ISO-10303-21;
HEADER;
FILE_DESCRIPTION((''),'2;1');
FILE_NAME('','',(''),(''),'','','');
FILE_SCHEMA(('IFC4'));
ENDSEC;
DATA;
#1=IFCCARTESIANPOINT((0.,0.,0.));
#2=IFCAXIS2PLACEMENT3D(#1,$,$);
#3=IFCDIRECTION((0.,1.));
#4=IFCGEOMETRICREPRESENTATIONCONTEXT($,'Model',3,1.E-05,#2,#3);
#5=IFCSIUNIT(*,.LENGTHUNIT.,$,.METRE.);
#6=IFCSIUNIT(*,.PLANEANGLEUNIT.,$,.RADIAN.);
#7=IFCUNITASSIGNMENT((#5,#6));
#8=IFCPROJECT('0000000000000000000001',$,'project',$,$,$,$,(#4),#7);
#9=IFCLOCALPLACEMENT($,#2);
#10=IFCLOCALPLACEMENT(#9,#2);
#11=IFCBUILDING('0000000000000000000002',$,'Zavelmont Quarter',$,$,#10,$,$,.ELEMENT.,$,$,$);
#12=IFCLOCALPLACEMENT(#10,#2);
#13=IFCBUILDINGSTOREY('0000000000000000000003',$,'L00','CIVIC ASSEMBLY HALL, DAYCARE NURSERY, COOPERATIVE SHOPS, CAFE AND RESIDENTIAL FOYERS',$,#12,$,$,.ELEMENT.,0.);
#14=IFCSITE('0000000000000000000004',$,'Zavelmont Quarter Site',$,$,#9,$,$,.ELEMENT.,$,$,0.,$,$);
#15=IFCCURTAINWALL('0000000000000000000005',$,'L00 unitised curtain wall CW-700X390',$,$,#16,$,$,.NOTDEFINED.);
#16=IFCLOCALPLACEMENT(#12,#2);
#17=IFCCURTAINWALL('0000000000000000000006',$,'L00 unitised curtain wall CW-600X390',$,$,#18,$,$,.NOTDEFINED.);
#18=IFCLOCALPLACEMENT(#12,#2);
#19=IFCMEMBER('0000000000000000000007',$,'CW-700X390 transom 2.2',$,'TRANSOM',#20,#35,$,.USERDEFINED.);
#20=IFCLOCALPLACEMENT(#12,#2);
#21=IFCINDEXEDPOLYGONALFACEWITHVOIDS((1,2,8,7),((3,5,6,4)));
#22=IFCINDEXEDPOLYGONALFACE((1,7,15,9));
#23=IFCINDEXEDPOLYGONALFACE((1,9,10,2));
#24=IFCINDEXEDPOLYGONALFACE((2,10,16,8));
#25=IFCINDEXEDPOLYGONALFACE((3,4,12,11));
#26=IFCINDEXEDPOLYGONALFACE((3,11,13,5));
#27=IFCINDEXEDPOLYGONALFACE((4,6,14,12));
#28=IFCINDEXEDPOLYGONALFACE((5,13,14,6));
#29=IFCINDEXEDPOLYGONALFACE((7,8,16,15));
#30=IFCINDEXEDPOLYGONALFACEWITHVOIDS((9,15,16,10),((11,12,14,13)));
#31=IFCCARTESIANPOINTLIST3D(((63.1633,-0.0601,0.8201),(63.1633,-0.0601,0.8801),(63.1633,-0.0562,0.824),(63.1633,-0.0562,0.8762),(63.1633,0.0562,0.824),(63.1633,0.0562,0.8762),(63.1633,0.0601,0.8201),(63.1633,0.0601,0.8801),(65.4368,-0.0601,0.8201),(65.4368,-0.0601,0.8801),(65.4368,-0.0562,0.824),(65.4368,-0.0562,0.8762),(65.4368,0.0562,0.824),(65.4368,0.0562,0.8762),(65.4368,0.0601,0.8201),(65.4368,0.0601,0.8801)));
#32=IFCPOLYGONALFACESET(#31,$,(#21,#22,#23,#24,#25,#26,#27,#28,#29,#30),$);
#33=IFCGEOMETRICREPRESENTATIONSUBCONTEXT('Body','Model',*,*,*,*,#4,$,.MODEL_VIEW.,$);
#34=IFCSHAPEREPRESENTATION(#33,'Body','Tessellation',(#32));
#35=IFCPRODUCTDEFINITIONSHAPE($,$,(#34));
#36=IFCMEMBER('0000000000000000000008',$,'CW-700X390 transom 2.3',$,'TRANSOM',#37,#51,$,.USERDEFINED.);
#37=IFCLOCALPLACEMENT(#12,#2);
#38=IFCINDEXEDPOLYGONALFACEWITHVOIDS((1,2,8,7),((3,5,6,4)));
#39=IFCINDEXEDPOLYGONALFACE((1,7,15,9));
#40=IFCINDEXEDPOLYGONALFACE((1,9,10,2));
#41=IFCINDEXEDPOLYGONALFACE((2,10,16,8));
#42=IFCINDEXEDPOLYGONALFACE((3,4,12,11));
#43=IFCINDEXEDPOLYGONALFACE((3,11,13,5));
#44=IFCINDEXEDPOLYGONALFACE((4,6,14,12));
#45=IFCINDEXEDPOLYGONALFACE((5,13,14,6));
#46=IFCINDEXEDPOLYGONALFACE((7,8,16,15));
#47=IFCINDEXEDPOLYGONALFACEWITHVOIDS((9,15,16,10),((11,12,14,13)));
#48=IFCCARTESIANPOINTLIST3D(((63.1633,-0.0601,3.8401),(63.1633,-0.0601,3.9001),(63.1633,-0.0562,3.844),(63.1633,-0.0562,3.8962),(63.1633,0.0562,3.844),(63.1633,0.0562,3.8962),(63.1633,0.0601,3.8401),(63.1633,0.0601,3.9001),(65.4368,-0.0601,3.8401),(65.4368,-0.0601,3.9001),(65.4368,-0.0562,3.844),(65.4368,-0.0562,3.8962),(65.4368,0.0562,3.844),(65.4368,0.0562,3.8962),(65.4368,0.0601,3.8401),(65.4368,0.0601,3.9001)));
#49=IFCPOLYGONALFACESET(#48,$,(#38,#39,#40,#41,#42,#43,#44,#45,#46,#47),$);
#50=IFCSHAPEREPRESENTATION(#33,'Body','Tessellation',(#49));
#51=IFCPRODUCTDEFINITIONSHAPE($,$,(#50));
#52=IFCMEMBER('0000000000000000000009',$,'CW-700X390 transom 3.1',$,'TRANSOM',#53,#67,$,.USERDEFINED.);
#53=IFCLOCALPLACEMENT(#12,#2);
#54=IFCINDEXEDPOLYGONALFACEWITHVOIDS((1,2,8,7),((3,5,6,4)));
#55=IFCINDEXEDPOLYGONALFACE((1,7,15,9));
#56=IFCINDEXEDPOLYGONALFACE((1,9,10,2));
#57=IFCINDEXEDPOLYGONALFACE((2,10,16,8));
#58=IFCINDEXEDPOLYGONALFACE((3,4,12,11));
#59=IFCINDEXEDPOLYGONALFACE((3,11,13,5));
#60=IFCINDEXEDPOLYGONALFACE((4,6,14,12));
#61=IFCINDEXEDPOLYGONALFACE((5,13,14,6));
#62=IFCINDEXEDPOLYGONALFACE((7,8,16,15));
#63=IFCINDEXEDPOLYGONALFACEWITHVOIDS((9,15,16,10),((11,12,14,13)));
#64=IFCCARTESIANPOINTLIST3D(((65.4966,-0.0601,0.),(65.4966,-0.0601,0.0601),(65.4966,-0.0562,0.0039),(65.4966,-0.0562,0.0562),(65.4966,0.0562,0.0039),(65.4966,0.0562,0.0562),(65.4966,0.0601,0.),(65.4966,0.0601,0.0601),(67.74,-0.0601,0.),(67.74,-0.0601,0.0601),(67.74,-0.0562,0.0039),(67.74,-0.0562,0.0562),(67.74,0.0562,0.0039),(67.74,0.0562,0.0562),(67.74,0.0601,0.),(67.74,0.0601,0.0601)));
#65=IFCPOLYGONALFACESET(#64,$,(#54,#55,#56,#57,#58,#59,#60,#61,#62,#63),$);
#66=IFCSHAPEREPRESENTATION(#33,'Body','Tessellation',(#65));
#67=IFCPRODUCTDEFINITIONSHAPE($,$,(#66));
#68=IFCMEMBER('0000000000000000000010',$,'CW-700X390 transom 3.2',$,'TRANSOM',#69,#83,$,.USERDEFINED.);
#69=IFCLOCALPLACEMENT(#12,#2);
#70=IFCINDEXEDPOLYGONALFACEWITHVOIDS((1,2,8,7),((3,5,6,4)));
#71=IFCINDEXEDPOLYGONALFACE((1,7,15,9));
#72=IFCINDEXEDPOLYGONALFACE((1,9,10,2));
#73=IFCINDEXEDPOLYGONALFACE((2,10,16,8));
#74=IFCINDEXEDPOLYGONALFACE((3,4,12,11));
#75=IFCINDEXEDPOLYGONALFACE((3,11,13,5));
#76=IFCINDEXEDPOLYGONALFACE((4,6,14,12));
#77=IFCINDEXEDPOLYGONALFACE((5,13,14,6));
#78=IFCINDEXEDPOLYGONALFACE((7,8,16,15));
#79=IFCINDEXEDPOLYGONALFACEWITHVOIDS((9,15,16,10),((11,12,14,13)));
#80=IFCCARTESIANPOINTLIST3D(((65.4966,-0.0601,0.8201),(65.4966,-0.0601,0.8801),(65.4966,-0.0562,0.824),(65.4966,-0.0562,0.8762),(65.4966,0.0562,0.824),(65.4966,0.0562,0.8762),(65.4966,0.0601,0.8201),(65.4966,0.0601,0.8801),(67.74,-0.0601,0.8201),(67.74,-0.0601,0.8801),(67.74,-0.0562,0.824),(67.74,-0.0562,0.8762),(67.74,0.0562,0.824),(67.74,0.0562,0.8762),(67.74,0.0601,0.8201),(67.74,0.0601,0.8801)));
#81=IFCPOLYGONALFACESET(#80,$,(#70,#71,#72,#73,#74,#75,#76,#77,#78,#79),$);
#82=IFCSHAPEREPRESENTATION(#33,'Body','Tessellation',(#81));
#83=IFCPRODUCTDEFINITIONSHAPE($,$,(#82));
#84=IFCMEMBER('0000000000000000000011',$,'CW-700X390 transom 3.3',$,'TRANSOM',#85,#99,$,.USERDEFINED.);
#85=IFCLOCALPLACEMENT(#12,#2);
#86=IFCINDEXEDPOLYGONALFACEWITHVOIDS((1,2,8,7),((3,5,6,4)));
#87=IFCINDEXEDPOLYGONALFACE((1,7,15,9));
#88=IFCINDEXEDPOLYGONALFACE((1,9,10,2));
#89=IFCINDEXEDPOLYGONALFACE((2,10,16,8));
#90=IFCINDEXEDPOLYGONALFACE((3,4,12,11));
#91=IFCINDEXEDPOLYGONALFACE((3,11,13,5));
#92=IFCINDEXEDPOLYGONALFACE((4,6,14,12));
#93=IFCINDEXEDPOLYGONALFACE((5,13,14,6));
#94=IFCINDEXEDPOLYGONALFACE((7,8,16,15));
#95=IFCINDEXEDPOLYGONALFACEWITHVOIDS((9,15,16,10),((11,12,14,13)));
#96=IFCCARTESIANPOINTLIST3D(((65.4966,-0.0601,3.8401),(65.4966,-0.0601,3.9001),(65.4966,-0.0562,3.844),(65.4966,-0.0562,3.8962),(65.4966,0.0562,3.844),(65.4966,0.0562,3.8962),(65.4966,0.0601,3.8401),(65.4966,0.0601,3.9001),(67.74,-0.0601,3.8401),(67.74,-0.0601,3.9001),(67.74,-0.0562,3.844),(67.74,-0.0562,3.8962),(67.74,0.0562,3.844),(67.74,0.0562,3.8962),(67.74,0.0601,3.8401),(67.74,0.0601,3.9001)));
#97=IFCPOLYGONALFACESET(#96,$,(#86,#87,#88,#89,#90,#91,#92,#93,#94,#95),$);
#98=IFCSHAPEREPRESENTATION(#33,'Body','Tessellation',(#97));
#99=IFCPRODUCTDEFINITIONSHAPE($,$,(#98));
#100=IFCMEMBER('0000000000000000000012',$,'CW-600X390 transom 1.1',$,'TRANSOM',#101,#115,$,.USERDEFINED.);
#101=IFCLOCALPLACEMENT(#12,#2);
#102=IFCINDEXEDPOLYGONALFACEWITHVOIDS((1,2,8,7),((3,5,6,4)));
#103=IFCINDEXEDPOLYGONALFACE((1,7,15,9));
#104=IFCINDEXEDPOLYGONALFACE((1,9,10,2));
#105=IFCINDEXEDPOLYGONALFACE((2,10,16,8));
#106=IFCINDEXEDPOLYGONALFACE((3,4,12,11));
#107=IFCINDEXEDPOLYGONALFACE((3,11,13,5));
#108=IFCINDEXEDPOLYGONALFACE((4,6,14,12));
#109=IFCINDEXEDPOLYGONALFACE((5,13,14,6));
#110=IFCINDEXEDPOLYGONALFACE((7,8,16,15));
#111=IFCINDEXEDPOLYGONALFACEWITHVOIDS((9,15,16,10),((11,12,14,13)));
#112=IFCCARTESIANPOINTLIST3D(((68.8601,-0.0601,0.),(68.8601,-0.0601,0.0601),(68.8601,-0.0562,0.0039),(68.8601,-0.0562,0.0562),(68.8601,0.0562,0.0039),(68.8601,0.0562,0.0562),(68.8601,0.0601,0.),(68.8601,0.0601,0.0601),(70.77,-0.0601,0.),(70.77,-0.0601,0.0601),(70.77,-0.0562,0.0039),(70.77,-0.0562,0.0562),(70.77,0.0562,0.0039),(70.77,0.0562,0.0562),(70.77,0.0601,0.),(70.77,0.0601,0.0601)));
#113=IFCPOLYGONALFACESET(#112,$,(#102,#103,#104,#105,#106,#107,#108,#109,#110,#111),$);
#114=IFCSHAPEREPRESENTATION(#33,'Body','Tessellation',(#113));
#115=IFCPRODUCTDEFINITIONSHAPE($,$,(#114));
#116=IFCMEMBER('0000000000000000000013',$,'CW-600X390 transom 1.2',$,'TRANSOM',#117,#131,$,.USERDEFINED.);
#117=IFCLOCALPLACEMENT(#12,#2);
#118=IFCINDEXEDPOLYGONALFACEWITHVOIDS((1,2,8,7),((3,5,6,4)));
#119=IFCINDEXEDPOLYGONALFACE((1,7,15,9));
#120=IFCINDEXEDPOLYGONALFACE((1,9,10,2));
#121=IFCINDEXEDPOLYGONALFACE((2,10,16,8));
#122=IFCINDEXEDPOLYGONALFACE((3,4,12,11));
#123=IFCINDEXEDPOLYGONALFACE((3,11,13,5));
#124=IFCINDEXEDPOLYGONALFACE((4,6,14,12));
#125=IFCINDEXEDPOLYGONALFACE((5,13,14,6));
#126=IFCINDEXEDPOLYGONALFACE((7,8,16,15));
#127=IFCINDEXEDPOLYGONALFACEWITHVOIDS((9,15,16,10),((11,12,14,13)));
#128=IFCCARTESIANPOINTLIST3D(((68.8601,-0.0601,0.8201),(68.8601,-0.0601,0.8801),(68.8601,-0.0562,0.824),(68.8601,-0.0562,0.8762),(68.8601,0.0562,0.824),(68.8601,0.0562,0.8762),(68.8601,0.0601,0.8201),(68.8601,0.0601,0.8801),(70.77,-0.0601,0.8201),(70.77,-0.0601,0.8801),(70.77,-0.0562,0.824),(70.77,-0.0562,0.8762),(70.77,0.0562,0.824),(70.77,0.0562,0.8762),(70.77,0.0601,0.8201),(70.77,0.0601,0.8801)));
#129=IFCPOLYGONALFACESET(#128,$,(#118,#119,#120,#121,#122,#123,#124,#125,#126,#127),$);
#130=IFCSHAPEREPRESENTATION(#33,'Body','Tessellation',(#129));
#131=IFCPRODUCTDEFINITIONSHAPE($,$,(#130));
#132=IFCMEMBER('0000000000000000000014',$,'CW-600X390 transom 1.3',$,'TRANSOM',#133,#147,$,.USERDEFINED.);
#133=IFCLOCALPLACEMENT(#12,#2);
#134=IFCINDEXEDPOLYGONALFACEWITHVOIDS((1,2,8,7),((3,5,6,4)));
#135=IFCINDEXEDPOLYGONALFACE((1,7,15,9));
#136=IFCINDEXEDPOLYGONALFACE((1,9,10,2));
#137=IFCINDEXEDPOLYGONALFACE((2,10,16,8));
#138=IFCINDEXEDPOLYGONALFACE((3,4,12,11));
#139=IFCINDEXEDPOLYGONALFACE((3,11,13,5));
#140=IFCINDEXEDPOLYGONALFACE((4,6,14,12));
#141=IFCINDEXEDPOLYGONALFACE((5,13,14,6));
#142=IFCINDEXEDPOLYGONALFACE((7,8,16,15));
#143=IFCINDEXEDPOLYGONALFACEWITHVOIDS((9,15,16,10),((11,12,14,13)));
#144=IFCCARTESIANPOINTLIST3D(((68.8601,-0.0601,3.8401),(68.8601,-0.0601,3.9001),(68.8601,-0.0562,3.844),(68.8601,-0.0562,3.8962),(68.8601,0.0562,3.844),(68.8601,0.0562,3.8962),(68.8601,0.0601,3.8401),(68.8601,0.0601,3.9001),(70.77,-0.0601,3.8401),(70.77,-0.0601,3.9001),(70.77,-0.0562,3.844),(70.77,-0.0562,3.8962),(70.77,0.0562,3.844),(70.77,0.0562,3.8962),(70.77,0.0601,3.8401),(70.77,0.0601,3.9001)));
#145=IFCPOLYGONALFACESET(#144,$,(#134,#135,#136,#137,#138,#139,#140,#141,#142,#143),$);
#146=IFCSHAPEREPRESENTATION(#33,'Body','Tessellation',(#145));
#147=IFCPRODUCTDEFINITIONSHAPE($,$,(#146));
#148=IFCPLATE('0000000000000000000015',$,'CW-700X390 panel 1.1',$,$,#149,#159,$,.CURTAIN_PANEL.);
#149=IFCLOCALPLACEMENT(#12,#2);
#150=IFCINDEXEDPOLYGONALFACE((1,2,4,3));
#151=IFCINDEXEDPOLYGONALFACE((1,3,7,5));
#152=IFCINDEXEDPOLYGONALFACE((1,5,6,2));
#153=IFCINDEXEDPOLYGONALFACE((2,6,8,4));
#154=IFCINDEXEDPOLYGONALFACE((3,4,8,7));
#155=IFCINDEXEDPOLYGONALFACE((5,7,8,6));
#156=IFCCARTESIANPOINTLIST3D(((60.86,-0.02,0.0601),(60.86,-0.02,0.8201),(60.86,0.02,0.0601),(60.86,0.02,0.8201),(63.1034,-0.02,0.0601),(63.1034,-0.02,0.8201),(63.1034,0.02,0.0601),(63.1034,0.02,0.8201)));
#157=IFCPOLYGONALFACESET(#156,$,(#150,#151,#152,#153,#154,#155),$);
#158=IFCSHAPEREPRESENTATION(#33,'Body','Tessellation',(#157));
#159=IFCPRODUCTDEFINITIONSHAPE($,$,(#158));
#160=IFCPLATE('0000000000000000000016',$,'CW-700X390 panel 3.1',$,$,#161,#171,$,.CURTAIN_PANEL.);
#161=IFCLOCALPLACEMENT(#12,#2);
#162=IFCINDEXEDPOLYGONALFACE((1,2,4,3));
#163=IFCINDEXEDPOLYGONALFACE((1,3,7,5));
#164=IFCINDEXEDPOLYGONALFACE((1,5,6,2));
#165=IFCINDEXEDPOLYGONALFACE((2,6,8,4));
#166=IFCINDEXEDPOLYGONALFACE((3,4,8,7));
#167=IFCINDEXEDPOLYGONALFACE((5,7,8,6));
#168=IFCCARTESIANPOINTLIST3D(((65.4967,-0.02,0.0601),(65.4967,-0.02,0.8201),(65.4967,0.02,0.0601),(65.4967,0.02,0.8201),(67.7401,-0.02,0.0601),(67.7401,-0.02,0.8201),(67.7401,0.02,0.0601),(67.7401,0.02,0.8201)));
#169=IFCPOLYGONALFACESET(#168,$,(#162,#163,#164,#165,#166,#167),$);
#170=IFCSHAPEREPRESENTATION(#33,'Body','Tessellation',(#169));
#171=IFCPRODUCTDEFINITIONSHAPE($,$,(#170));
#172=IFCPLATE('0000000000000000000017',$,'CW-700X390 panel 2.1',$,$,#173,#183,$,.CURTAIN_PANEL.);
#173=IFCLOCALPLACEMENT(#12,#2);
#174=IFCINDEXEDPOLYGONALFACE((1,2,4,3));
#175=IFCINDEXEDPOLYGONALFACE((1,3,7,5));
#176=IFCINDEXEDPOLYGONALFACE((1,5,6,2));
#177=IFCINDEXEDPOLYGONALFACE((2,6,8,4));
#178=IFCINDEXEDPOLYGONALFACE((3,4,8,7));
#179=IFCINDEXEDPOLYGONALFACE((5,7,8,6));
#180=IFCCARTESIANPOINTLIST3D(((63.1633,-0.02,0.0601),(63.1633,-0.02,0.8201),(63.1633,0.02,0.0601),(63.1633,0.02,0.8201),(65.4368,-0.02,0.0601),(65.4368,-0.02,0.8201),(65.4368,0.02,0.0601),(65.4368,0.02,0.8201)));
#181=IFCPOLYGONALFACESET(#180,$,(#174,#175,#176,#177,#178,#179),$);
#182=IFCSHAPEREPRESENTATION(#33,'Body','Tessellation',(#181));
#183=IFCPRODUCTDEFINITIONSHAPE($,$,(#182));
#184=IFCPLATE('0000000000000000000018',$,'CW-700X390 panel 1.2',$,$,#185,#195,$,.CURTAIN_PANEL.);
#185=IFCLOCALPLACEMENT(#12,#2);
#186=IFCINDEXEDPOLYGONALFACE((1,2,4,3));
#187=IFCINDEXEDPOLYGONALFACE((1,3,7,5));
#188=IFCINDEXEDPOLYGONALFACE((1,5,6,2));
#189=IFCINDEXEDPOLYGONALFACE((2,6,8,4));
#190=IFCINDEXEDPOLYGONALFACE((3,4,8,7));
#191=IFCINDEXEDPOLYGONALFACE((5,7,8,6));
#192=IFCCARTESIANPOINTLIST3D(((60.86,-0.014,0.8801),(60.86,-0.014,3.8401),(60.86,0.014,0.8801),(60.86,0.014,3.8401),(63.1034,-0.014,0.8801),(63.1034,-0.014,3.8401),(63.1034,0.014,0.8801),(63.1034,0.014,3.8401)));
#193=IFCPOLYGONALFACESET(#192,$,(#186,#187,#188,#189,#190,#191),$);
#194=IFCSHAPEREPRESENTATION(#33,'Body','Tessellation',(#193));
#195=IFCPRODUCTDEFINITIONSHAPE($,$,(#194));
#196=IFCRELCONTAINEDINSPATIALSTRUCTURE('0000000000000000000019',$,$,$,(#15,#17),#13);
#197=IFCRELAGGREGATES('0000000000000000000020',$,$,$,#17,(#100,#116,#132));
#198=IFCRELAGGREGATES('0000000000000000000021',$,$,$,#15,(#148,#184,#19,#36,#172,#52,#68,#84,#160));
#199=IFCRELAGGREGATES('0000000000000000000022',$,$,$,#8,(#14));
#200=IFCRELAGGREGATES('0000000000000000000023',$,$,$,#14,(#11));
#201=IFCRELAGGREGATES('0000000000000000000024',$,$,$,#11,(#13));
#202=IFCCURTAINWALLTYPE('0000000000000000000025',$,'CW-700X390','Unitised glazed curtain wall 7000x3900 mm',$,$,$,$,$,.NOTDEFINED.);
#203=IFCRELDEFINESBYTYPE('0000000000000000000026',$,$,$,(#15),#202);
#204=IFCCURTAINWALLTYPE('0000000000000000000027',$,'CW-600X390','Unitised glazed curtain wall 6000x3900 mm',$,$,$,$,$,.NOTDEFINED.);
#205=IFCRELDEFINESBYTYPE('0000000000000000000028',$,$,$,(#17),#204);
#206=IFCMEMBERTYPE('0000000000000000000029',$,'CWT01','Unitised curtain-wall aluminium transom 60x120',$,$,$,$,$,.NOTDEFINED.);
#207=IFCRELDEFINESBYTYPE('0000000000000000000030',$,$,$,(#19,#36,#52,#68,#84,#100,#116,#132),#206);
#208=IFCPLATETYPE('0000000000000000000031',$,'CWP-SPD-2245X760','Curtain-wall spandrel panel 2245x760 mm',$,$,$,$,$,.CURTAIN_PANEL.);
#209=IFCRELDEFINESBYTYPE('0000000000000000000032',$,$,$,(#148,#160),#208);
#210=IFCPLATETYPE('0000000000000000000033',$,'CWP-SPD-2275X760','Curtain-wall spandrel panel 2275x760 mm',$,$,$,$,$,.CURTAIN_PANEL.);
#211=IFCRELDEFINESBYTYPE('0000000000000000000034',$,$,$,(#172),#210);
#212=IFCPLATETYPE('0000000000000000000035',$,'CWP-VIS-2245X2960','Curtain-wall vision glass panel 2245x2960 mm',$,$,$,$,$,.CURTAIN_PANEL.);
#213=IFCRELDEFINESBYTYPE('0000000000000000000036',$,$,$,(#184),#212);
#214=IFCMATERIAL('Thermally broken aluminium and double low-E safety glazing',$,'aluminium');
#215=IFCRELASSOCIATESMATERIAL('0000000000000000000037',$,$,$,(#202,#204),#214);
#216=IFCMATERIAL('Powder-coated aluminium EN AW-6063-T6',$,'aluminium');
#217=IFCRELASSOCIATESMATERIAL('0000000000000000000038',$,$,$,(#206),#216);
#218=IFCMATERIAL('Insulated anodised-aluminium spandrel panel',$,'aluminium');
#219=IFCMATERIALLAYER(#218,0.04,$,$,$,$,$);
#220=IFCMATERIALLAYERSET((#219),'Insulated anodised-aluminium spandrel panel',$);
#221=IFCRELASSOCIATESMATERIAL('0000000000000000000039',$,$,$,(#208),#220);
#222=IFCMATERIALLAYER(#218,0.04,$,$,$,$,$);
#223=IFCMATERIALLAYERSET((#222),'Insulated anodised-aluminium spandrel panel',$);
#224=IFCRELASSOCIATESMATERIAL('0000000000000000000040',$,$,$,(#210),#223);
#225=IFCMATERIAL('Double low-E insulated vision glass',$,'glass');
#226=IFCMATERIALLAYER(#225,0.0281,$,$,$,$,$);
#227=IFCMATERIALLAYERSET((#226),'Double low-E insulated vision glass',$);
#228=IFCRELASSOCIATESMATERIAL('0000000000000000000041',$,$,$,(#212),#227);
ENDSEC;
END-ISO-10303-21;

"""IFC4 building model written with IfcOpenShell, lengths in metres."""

from ifc_helpers import new_model, si_unit, direction, frame, origin, origin_2d, place, context, subcontext, project, spatial, rectangle, hollow_rectangle, extrude, material, layer, layer_set, material_profile, profile_set, type_object, element, aggregate, save


model = new_model("IFC4")

# Units and contexts
model_context = context("Model", 3, precision=1e-05, world=origin(), true_north=direction((0.0, 1.0)))
body_context = subcontext(model_context, "Body", "Model", "MODEL_VIEW")
ifc_project = project(units=[si_unit("LENGTHUNIT", "METRE"), si_unit("PLANEANGLEUNIT", "RADIAN")], contexts=[model_context])

# Site, building, storey
site_placement = place(None, origin())
site = spatial("IfcSite", under=ifc_project, at=site_placement, Name="Zavelmont Quarter Site", CompositionType="ELEMENT", RefElevation=0.0)
building_placement = place(site_placement, origin())
building = spatial("IfcBuilding", under=site, at=building_placement, Name="Zavelmont Quarter", CompositionType="ELEMENT")
storey_placement = place(building_placement, origin())
storey = spatial("IfcBuildingStorey", under=building, at=storey_placement, Name="L00", Description="CIVIC ASSEMBLY HALL, DAYCARE NURSERY, COOPERATIVE SHOPS, CAFE AND RESIDENTIAL FOYERS", CompositionType="ELEMENT", Elevation=0.0)

# Curtain wall
ifc_material_1 = material(Name="Thermally broken aluminium and double low-E safety glazing", Category="aluminium")
curtain_wall_type_1 = type_object("IfcCurtainWallType", Name="CW-700X390", Description="Unitised glazed curtain wall 7000x3900 mm", PredefinedType="NOTDEFINED", material=ifc_material_1)
curtain_wall_1_placement = place(storey_placement, origin())
curtain_wall_1 = element("IfcCurtainWall", 1, at=curtain_wall_1_placement, inside=storey, type_object=curtain_wall_type_1, Name="L00 unitised curtain wall CW-700X390", PredefinedType="NOTDEFINED")
ifc_material_2 = material(Name="Powder-coated aluminium EN AW-6063-T6", Category="aluminium")

# Curtain wall
curtain_wall_type_2 = type_object("IfcCurtainWallType", Name="CW-600X390", Description="Unitised glazed curtain wall 6000x3900 mm", PredefinedType="NOTDEFINED", material=ifc_material_1)
curtain_wall_2_placement = place(storey_placement, origin())
curtain_wall_2 = element("IfcCurtainWall", 2, at=curtain_wall_2_placement, inside=storey, type_object=curtain_wall_type_2, Name="L00 unitised curtain wall CW-600X390", PredefinedType="NOTDEFINED")

# Members
ifc_material_profile_1 = material_profile(ifc_material_2, hollow_rectangle(XDim=0.1201, YDim=0.0601, WallThickness=0.0039, at=origin_2d()), Name="CWT60X120")
ifc_profile_set_1 = profile_set([ifc_material_profile_1], Name="Powder-coated aluminium EN AW-6063-T6")
member_type_1 = type_object("IfcMemberType", Name="CWT01", Description="Unitised curtain-wall aluminium transom 60x120", PredefinedType="NOTDEFINED", material=ifc_profile_set_1)
member_1_placement = place(storey_placement, frame((63.1633, 0.0, 0.8501), z_axis=(1.0, 0.0, 0.0), x_axis=(0.0, 1.0, 0.0)))
member_1 = element("IfcMember", 3, at=member_1_placement, type_object=member_type_1, Name="CW-700X390 transom 2.2", ObjectType="TRANSOM", PredefinedType="USERDEFINED", context=body_context, shape_type="SweptSolid", body=[
    extrude(hollow_rectangle(XDim=0.1201, YDim=0.0601, WallThickness=0.0039, at=origin_2d()), origin(), (0.0, 0.0, 1.0), 2.2734),
])
member_2_placement = place(storey_placement, frame((63.1633, 0.0, 3.8701), z_axis=(1.0, 0.0, 0.0), x_axis=(0.0, 1.0, 0.0)))
member_2 = element("IfcMember", 4, at=member_2_placement, type_object=member_type_1, Name="CW-700X390 transom 2.3", ObjectType="TRANSOM", PredefinedType="USERDEFINED", context=body_context, shape_type="SweptSolid", body=[
    extrude(hollow_rectangle(XDim=0.1201, YDim=0.0601, WallThickness=0.0039, at=origin_2d()), origin(), (0.0, 0.0, 1.0), 2.2734),
])
member_3_placement = place(storey_placement, frame((65.4966, 0.0, 0.03), z_axis=(1.0, 0.0, 0.0), x_axis=(0.0, 1.0, 0.0)))
member_3 = element("IfcMember", 5, at=member_3_placement, type_object=member_type_1, Name="CW-700X390 transom 3.1", ObjectType="TRANSOM", PredefinedType="USERDEFINED", context=body_context, shape_type="SweptSolid", body=[
    extrude(hollow_rectangle(XDim=0.1201, YDim=0.0601, WallThickness=0.0039, at=origin_2d()), origin(), (0.0, 0.0, 1.0), 2.2434),
])
member_4_placement = place(storey_placement, frame((65.4966, 0.0, 0.8501), z_axis=(1.0, 0.0, 0.0), x_axis=(0.0, 1.0, 0.0)))
member_4 = element("IfcMember", 6, at=member_4_placement, type_object=member_type_1, Name="CW-700X390 transom 3.2", ObjectType="TRANSOM", PredefinedType="USERDEFINED", context=body_context, shape_type="SweptSolid", body=[
    extrude(hollow_rectangle(XDim=0.1201, YDim=0.0601, WallThickness=0.0039, at=origin_2d()), origin(), (0.0, 0.0, 1.0), 2.2434),
])
member_5_placement = place(storey_placement, frame((65.4966, 0.0, 3.8701), z_axis=(1.0, 0.0, 0.0), x_axis=(0.0, 1.0, 0.0)))
member_5 = element("IfcMember", 7, at=member_5_placement, type_object=member_type_1, Name="CW-700X390 transom 3.3", ObjectType="TRANSOM", PredefinedType="USERDEFINED", context=body_context, shape_type="SweptSolid", body=[
    extrude(hollow_rectangle(XDim=0.1201, YDim=0.0601, WallThickness=0.0039, at=origin_2d()), origin(), (0.0, 0.0, 1.0), 2.2434),
])
member_6_placement = place(storey_placement, frame((68.8601, 0.0, 0.03), z_axis=(1.0, 0.0, 0.0), x_axis=(0.0, 1.0, 0.0)))
member_6 = element("IfcMember", 8, at=member_6_placement, type_object=member_type_1, Name="CW-600X390 transom 1.1", ObjectType="TRANSOM", PredefinedType="USERDEFINED", context=body_context, shape_type="SweptSolid", body=[
    extrude(hollow_rectangle(XDim=0.1201, YDim=0.0601, WallThickness=0.0039, at=origin_2d()), origin(), (0.0, 0.0, 1.0), 1.9099),
])
member_7_placement = place(storey_placement, frame((68.8601, 0.0, 0.8501), z_axis=(1.0, 0.0, 0.0), x_axis=(0.0, 1.0, 0.0)))
member_7 = element("IfcMember", 9, at=member_7_placement, type_object=member_type_1, Name="CW-600X390 transom 1.2", ObjectType="TRANSOM", PredefinedType="USERDEFINED", context=body_context, shape_type="SweptSolid", body=[
    extrude(hollow_rectangle(XDim=0.1201, YDim=0.0601, WallThickness=0.0039, at=origin_2d()), origin(), (0.0, 0.0, 1.0), 1.9099),
])
member_8_placement = place(storey_placement, frame((68.8601, 0.0, 3.8701), z_axis=(1.0, 0.0, 0.0), x_axis=(0.0, 1.0, 0.0)))
member_8 = element("IfcMember", 10, at=member_8_placement, type_object=member_type_1, Name="CW-600X390 transom 1.3", ObjectType="TRANSOM", PredefinedType="USERDEFINED", context=body_context, shape_type="SweptSolid", body=[
    extrude(hollow_rectangle(XDim=0.1201, YDim=0.0601, WallThickness=0.0039, at=origin_2d()), origin(), (0.0, 0.0, 1.0), 1.9099),
])
aggregate(curtain_wall_2, [member_6, member_7, member_8])

# Plates
ifc_material_3 = material(Name="Insulated anodised-aluminium spandrel panel", Category="aluminium")
ifc_layer_1 = layer(ifc_material_3, 0.04)
ifc_layer_set_1 = layer_set([ifc_layer_1], Name="Insulated anodised-aluminium spandrel panel")
plate_type_1 = type_object("IfcPlateType", Name="CWP-SPD-2245X760", Description="Curtain-wall spandrel panel 2245x760 mm", PredefinedType="CURTAIN_PANEL", material=ifc_layer_set_1)
plate_1_placement = place(storey_placement, frame((61.9817, 0.0, 0.0601), z_axis=(0.0, 0.0, 1.0), x_axis=(1.0, 0.0, 0.0)))
plate_1 = element("IfcPlate", 11, at=plate_1_placement, type_object=plate_type_1, Name="CW-700X390 panel 1.1", PredefinedType="CURTAIN_PANEL", context=body_context, shape_type="SweptSolid", body=[
    extrude(rectangle(XDim=2.2434, YDim=0.04, at=origin_2d()), origin(), (0.0, 0.0, 1.0), 0.76),
])
plate_2_placement = place(storey_placement, frame((66.6184, 0.0, 0.0601), z_axis=(0.0, 0.0, 1.0), x_axis=(1.0, 0.0, 0.0)))
plate_2 = element("IfcPlate", 12, at=plate_2_placement, type_object=plate_type_1, Name="CW-700X390 panel 3.1", PredefinedType="CURTAIN_PANEL", context=body_context, shape_type="SweptSolid", body=[
    extrude(rectangle(XDim=2.2434, YDim=0.04, at=origin_2d()), origin(), (0.0, 0.0, 1.0), 0.76),
])
ifc_layer_2 = layer(ifc_material_3, 0.04)
ifc_layer_set_2 = layer_set([ifc_layer_2], Name="Insulated anodised-aluminium spandrel panel")
plate_type_2 = type_object("IfcPlateType", Name="CWP-SPD-2275X760", Description="Curtain-wall spandrel panel 2275x760 mm", PredefinedType="CURTAIN_PANEL", material=ifc_layer_set_2)
plate_3_placement = place(storey_placement, frame((64.3, 0.0, 0.0601), z_axis=(0.0, 0.0, 1.0), x_axis=(1.0, 0.0, 0.0)))
plate_3 = element("IfcPlate", 13, at=plate_3_placement, type_object=plate_type_2, Name="CW-700X390 panel 2.1", PredefinedType="CURTAIN_PANEL", context=body_context, shape_type="SweptSolid", body=[
    extrude(rectangle(XDim=2.2734, YDim=0.04, at=origin_2d()), origin(), (0.0, 0.0, 1.0), 0.76),
])
ifc_material_4 = material(Name="Double low-E insulated vision glass", Category="glass")
ifc_layer_3 = layer(ifc_material_4, 0.0281)
ifc_layer_set_3 = layer_set([ifc_layer_3], Name="Double low-E insulated vision glass")
plate_type_3 = type_object("IfcPlateType", Name="CWP-VIS-2245X2960", Description="Curtain-wall vision glass panel 2245x2960 mm", PredefinedType="CURTAIN_PANEL", material=ifc_layer_set_3)
plate_4_placement = place(storey_placement, frame((61.9817, 0.0, 0.8801), z_axis=(0.0, 0.0, 1.0), x_axis=(1.0, 0.0, 0.0)))
plate_4 = element("IfcPlate", 14, at=plate_4_placement, type_object=plate_type_3, Name="CW-700X390 panel 1.2", PredefinedType="CURTAIN_PANEL", context=body_context, shape_type="SweptSolid", body=[
    extrude(rectangle(XDim=2.2434, YDim=0.0281, at=origin_2d()), origin(), (0.0, 0.0, 1.0), 2.96),
])
aggregate(curtain_wall_1, [plate_1, plate_4, member_1, member_2, plate_3, member_3, member_4, member_5, plate_2])

save(model, "model.ifc")
